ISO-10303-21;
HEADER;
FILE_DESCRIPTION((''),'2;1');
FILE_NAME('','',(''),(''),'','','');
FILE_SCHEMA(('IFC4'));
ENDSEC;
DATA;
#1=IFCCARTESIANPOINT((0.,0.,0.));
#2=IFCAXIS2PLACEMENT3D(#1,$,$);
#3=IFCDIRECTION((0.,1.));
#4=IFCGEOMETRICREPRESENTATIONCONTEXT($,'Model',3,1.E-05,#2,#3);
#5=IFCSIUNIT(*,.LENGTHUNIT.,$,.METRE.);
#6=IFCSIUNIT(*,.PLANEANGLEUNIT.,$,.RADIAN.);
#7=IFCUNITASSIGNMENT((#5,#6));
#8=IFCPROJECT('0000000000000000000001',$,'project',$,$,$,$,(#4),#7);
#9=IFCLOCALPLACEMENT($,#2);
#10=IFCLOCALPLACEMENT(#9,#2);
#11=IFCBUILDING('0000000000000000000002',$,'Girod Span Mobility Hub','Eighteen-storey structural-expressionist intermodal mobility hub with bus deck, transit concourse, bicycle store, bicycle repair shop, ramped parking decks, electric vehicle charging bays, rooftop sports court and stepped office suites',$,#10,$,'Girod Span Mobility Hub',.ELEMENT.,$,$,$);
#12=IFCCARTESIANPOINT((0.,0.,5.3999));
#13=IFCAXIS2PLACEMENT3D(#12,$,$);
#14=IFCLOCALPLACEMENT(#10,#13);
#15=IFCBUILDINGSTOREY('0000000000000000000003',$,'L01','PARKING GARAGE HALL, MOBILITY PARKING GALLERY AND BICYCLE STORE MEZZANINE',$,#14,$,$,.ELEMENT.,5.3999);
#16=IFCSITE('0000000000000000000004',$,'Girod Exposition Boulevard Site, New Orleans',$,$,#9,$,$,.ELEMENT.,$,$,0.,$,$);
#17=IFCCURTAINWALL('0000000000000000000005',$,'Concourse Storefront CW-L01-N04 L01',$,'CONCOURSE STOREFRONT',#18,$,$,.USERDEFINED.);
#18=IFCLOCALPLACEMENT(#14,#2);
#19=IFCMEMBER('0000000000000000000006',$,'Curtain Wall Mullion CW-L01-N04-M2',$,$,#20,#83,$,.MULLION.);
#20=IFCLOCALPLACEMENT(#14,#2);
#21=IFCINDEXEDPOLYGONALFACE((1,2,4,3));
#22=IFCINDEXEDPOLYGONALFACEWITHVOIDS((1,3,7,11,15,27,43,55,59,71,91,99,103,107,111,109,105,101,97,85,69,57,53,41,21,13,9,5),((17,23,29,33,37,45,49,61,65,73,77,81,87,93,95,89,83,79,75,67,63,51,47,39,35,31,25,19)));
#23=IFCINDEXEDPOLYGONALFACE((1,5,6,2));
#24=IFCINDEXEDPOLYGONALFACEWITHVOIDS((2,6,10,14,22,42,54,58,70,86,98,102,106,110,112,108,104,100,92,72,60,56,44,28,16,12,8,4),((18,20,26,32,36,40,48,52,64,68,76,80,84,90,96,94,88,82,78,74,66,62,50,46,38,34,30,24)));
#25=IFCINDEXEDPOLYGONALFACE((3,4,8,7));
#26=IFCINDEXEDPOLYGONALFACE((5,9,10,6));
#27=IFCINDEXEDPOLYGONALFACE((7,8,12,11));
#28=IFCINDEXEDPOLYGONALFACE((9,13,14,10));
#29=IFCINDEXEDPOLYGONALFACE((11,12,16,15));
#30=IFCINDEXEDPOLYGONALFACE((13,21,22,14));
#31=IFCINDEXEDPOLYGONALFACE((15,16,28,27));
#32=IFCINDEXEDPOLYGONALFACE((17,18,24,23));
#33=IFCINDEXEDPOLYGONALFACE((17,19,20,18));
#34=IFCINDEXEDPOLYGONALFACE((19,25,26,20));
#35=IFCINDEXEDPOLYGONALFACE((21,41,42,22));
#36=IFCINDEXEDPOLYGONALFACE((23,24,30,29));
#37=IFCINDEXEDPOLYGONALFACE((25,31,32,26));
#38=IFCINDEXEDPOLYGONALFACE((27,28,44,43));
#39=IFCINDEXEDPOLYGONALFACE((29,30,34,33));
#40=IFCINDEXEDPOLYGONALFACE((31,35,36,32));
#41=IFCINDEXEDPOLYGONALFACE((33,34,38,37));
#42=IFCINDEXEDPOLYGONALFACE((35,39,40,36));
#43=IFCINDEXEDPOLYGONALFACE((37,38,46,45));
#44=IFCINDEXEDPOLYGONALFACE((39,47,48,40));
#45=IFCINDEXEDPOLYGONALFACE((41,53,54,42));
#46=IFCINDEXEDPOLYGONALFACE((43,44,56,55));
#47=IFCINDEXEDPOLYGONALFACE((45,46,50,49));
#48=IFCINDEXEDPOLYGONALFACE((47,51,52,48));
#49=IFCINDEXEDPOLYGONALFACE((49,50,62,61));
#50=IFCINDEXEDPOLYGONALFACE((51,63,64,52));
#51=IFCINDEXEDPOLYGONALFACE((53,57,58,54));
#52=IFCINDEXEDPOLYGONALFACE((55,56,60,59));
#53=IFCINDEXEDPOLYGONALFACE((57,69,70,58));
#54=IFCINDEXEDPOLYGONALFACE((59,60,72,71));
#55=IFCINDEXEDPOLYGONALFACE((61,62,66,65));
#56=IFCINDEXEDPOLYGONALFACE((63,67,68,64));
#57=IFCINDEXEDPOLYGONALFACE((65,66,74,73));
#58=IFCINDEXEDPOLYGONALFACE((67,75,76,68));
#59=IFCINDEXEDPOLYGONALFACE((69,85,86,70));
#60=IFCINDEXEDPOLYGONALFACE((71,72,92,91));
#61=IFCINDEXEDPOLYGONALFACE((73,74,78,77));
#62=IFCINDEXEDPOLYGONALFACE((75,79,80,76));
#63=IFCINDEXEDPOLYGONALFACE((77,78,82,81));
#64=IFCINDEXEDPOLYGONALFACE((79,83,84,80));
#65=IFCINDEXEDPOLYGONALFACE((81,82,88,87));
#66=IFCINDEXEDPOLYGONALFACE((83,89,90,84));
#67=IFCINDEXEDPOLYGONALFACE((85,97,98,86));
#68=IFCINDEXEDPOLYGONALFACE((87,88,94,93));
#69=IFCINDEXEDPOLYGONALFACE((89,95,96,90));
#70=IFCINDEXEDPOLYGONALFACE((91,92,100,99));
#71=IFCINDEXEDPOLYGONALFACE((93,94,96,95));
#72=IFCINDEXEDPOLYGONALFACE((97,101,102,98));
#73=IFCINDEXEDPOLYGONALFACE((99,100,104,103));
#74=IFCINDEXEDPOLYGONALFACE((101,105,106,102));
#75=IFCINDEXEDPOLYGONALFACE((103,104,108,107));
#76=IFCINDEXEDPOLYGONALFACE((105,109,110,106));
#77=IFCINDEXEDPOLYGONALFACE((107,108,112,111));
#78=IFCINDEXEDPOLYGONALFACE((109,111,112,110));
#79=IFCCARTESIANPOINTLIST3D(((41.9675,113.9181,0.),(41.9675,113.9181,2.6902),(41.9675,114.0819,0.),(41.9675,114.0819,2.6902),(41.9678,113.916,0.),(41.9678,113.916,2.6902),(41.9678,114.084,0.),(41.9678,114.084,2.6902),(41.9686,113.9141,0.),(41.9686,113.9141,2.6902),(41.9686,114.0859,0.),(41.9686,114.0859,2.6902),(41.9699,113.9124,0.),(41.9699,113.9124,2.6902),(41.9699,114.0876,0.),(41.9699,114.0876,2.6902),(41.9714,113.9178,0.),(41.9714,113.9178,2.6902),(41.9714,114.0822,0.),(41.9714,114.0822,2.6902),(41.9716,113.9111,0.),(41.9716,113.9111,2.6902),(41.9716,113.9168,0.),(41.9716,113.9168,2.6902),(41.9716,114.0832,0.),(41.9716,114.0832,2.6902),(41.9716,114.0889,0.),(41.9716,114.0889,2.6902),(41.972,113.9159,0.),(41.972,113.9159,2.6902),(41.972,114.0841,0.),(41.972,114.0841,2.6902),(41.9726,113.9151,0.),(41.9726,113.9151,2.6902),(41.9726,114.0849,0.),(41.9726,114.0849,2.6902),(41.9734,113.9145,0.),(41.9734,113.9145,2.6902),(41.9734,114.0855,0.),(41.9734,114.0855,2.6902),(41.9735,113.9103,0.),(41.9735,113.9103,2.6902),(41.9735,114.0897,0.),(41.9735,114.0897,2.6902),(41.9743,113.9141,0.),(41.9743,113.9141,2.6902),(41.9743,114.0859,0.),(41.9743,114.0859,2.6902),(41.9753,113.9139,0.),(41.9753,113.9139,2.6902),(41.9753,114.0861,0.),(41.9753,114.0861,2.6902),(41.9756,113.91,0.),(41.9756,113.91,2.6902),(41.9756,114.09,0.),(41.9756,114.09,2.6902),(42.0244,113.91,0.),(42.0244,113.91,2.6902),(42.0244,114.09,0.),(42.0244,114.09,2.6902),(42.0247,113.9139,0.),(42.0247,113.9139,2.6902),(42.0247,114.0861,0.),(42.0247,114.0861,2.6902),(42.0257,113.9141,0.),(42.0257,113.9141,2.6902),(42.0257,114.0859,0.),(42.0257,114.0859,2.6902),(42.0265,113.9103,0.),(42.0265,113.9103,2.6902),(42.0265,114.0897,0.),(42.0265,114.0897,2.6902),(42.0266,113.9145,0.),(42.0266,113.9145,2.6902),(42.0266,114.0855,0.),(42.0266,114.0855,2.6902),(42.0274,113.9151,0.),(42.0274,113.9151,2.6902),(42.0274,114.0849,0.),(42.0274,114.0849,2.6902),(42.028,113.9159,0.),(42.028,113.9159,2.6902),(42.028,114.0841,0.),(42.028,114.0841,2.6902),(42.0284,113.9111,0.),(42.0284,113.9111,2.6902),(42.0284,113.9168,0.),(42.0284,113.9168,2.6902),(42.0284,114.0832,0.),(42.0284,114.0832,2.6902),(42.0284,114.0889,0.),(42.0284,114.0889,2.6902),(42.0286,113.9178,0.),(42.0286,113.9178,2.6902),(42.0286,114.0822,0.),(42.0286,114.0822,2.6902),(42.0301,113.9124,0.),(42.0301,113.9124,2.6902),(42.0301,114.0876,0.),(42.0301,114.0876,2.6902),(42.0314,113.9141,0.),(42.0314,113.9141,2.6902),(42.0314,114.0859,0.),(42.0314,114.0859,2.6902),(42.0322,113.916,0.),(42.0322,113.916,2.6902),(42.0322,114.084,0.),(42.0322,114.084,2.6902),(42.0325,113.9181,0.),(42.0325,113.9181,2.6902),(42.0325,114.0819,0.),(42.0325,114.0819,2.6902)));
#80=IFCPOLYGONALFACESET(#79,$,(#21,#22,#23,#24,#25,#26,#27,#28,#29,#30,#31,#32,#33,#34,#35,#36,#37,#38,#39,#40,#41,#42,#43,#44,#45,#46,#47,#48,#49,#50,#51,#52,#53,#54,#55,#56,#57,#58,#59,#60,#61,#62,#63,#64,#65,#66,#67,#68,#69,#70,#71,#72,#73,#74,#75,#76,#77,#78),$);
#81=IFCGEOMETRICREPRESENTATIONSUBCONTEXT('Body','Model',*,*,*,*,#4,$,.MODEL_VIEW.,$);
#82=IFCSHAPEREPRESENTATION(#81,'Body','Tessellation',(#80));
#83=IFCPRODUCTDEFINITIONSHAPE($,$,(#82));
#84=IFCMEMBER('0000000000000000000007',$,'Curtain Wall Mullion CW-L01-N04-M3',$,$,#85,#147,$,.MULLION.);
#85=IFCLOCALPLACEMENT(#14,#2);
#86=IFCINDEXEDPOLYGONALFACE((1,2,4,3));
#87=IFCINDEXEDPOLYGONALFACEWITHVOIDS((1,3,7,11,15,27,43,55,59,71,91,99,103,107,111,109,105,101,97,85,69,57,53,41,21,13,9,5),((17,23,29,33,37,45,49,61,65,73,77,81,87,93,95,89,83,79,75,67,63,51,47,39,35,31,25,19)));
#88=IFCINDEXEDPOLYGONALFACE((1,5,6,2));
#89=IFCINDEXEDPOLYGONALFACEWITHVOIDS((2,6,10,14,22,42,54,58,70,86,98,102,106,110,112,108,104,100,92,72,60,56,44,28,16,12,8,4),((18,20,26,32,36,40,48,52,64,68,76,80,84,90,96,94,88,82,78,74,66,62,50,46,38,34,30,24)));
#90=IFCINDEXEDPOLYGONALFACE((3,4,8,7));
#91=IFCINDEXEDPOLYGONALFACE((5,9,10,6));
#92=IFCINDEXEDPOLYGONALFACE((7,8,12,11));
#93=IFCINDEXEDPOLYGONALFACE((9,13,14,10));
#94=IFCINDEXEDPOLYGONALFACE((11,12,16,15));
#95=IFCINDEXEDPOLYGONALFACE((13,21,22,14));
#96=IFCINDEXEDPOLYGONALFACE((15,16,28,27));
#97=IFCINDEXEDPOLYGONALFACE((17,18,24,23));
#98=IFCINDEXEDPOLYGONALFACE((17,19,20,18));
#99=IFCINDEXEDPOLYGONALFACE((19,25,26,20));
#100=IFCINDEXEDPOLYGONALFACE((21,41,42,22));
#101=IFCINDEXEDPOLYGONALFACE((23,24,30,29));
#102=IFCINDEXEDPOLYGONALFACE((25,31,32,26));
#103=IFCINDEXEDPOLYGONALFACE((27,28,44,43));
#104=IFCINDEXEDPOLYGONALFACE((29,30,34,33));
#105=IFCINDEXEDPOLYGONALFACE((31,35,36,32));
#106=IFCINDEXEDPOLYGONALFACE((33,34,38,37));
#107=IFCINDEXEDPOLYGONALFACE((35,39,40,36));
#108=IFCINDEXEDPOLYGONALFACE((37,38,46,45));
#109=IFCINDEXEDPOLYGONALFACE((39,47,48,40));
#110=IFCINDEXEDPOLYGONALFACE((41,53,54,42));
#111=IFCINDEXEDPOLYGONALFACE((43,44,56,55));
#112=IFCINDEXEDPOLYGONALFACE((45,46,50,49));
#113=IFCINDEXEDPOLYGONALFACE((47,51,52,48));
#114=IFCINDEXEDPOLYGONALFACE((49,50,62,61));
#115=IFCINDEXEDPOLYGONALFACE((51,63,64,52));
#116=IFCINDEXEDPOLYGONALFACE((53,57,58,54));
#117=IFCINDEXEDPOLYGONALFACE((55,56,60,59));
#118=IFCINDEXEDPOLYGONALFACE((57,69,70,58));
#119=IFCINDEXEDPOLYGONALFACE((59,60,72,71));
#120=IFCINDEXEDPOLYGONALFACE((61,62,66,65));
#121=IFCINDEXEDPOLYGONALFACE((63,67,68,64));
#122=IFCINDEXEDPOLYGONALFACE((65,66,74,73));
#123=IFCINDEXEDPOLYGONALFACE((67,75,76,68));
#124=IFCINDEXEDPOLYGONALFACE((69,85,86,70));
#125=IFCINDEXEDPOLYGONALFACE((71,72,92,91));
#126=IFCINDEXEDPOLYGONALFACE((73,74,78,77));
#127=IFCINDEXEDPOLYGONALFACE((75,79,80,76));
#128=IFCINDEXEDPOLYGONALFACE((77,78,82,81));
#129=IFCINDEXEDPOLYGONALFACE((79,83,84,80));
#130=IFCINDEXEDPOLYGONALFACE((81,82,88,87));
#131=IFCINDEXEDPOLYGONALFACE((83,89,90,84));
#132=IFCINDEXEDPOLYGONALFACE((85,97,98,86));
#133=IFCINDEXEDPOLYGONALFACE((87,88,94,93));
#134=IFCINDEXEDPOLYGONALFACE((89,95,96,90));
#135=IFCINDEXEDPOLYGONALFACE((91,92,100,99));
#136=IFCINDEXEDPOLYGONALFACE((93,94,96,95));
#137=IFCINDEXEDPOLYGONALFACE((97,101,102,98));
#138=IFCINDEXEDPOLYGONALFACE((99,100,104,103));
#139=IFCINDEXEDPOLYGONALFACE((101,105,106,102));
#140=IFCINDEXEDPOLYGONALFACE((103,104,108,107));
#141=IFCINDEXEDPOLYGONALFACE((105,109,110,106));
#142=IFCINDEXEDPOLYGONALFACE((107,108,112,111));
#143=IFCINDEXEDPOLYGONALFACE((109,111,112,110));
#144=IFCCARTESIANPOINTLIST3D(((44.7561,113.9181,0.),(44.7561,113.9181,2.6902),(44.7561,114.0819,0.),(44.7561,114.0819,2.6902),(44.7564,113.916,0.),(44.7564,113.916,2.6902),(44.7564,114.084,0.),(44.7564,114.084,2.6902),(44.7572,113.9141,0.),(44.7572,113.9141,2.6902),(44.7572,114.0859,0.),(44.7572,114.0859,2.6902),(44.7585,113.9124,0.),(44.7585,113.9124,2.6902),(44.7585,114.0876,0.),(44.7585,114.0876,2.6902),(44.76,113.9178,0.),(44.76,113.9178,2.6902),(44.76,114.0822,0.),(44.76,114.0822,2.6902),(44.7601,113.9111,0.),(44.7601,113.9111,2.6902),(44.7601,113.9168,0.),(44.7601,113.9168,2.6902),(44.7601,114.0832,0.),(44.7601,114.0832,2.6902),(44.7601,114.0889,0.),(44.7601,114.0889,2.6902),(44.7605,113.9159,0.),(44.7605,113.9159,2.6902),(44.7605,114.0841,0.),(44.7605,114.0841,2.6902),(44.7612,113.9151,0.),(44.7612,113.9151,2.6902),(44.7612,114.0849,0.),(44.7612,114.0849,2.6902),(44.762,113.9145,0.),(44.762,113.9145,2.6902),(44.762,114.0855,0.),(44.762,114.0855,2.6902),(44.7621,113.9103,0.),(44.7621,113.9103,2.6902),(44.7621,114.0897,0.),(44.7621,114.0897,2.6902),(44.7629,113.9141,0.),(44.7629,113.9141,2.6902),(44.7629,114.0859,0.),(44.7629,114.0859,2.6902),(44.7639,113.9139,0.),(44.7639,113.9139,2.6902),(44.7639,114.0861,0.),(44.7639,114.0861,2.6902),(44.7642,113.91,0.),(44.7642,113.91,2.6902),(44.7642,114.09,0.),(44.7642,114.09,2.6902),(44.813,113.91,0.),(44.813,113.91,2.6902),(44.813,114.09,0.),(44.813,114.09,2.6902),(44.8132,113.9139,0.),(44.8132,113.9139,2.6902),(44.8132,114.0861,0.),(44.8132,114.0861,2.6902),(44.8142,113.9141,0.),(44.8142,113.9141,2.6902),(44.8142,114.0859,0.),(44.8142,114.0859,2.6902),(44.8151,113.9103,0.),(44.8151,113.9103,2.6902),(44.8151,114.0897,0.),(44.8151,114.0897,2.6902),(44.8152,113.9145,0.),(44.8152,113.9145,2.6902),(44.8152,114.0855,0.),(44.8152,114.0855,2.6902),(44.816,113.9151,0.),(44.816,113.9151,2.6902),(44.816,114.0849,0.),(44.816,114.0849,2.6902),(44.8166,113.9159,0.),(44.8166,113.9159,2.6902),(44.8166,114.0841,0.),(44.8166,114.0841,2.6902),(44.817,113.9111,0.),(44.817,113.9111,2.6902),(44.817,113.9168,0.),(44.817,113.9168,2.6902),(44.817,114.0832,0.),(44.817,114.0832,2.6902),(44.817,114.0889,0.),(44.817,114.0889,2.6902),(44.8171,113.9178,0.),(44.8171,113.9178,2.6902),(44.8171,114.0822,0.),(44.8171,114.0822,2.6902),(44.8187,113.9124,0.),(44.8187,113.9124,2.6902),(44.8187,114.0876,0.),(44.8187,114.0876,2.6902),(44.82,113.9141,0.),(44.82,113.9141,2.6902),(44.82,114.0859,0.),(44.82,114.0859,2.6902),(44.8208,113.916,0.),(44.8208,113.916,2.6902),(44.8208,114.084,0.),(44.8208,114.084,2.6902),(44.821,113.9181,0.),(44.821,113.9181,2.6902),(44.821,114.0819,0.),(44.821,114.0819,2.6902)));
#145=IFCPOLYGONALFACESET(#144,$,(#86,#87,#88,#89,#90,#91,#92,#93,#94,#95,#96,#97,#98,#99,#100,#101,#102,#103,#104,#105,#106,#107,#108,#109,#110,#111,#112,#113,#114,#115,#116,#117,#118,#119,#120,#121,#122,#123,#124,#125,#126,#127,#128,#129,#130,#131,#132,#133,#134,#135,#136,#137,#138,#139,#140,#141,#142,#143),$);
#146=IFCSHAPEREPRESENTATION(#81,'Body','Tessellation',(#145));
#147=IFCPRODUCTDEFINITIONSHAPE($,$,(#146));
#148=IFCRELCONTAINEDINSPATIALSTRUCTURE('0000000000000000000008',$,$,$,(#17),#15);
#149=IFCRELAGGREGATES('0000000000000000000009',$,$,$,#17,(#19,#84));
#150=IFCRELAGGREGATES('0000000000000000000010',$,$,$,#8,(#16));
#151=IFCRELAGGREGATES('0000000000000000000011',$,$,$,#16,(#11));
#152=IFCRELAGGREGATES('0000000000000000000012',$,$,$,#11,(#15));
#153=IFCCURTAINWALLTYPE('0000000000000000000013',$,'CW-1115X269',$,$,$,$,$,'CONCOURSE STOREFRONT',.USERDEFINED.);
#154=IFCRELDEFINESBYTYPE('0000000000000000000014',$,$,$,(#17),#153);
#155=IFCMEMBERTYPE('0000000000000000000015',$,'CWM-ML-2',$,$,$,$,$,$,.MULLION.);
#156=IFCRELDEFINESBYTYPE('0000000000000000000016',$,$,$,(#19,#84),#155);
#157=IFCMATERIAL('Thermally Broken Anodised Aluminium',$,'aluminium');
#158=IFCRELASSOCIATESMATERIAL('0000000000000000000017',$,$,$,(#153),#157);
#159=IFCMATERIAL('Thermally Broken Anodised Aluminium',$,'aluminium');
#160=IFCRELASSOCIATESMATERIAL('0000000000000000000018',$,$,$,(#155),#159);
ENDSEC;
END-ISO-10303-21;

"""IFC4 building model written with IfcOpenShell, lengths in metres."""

from ifc_helpers import new_model, si_unit, direction, frame, origin, origin_2d, place, context, subcontext, project, spatial, hollow_rectangle, extrude, material, material_profile, profile_set, type_object, element, aggregate, save


model = new_model("IFC4")

# Units and contexts
model_context = context("Model", 3, precision=1e-05, world=origin(), true_north=direction((0.0, 1.0)))
body_context = subcontext(model_context, "Body", "Model", "MODEL_VIEW")
ifc_project = project(units=[si_unit("LENGTHUNIT", "METRE"), si_unit("PLANEANGLEUNIT", "RADIAN")], contexts=[model_context])

# Site, building, storey
site_placement = place(None, origin())
site = spatial("IfcSite", under=ifc_project, at=site_placement, Name="Girod Exposition Boulevard Site, New Orleans", CompositionType="ELEMENT", RefElevation=0.0)
building_placement = place(site_placement, origin())
building = spatial("IfcBuilding", under=site, at=building_placement, Name="Girod Span Mobility Hub", Description="Eighteen-storey structural-expressionist intermodal mobility hub with bus deck, transit concourse, bicycle store, bicycle repair shop, ramped parking decks, electric vehicle charging bays, rooftop sports court and stepped office suites", LongName="Girod Span Mobility Hub", CompositionType="ELEMENT")
storey_placement = place(building_placement, frame((0.0, 0.0, 5.3999)))
storey = spatial("IfcBuildingStorey", under=building, at=storey_placement, Name="L01", Description="PARKING GARAGE HALL, MOBILITY PARKING GALLERY AND BICYCLE STORE MEZZANINE", CompositionType="ELEMENT", Elevation=5.3999)

# Curtain wall, members
ifc_material_1 = material(Name="Thermally Broken Anodised Aluminium", Category="aluminium")
curtain_wall_type = type_object("IfcCurtainWallType", Name="CW-1115X269", ElementType="CONCOURSE STOREFRONT", PredefinedType="USERDEFINED", material=ifc_material_1)
curtain_wall_placement = place(storey_placement, origin())
curtain_wall = element("IfcCurtainWall", 1, at=curtain_wall_placement, inside=storey, type_object=curtain_wall_type, Name="Concourse Storefront CW-L01-N04 L01", ObjectType="CONCOURSE STOREFRONT", PredefinedType="USERDEFINED")
ifc_material_2 = material(Name="Thermally Broken Anodised Aluminium", Category="aluminium")
ifc_material_profile_1 = material_profile(ifc_material_2, hollow_rectangle(XDim=0.1799, YDim=0.0649, WallThickness=0.0039, InnerFilletRadius=0.0039, OuterFilletRadius=0.0081, at=origin_2d()), Name="CW-ML-65X180")
ifc_profile_set_1 = profile_set([ifc_material_profile_1], Name="Thermally Broken Anodised Aluminium")
member_type_1 = type_object("IfcMemberType", Name="CWM-ML-2", PredefinedType="MULLION", material=ifc_profile_set_1)
member_1_placement = place(storey_placement, frame((42.0, 114.0, 0.0), z_axis=(0.0, 0.0, 1.0), x_axis=(0.0, 1.0, 0.0)))
member_1 = element("IfcMember", 2, at=member_1_placement, type_object=member_type_1, Name="Curtain Wall Mullion CW-L01-N04-M2", PredefinedType="MULLION", context=body_context, shape_type="SweptSolid", body=[
    extrude(hollow_rectangle(XDim=0.1799, YDim=0.0649, WallThickness=0.0039, InnerFilletRadius=0.0039, OuterFilletRadius=0.0081, at=origin_2d()), origin(), (0.0, 0.0, 1.0), 2.6902),
])
member_2_placement = place(storey_placement, frame((44.7886, 114.0, 0.0), z_axis=(0.0, 0.0, 1.0), x_axis=(0.0, 1.0, 0.0)))
member_2 = element("IfcMember", 3, at=member_2_placement, type_object=member_type_1, Name="Curtain Wall Mullion CW-L01-N04-M3", PredefinedType="MULLION", context=body_context, shape_type="SweptSolid", body=[
    extrude(hollow_rectangle(XDim=0.1799, YDim=0.0649, WallThickness=0.0039, InnerFilletRadius=0.0039, OuterFilletRadius=0.0081, at=origin_2d()), origin(), (0.0, 0.0, 1.0), 2.6902),
])

aggregate(curtain_wall, [member_1, member_2])

save(model, "model.ifc")
